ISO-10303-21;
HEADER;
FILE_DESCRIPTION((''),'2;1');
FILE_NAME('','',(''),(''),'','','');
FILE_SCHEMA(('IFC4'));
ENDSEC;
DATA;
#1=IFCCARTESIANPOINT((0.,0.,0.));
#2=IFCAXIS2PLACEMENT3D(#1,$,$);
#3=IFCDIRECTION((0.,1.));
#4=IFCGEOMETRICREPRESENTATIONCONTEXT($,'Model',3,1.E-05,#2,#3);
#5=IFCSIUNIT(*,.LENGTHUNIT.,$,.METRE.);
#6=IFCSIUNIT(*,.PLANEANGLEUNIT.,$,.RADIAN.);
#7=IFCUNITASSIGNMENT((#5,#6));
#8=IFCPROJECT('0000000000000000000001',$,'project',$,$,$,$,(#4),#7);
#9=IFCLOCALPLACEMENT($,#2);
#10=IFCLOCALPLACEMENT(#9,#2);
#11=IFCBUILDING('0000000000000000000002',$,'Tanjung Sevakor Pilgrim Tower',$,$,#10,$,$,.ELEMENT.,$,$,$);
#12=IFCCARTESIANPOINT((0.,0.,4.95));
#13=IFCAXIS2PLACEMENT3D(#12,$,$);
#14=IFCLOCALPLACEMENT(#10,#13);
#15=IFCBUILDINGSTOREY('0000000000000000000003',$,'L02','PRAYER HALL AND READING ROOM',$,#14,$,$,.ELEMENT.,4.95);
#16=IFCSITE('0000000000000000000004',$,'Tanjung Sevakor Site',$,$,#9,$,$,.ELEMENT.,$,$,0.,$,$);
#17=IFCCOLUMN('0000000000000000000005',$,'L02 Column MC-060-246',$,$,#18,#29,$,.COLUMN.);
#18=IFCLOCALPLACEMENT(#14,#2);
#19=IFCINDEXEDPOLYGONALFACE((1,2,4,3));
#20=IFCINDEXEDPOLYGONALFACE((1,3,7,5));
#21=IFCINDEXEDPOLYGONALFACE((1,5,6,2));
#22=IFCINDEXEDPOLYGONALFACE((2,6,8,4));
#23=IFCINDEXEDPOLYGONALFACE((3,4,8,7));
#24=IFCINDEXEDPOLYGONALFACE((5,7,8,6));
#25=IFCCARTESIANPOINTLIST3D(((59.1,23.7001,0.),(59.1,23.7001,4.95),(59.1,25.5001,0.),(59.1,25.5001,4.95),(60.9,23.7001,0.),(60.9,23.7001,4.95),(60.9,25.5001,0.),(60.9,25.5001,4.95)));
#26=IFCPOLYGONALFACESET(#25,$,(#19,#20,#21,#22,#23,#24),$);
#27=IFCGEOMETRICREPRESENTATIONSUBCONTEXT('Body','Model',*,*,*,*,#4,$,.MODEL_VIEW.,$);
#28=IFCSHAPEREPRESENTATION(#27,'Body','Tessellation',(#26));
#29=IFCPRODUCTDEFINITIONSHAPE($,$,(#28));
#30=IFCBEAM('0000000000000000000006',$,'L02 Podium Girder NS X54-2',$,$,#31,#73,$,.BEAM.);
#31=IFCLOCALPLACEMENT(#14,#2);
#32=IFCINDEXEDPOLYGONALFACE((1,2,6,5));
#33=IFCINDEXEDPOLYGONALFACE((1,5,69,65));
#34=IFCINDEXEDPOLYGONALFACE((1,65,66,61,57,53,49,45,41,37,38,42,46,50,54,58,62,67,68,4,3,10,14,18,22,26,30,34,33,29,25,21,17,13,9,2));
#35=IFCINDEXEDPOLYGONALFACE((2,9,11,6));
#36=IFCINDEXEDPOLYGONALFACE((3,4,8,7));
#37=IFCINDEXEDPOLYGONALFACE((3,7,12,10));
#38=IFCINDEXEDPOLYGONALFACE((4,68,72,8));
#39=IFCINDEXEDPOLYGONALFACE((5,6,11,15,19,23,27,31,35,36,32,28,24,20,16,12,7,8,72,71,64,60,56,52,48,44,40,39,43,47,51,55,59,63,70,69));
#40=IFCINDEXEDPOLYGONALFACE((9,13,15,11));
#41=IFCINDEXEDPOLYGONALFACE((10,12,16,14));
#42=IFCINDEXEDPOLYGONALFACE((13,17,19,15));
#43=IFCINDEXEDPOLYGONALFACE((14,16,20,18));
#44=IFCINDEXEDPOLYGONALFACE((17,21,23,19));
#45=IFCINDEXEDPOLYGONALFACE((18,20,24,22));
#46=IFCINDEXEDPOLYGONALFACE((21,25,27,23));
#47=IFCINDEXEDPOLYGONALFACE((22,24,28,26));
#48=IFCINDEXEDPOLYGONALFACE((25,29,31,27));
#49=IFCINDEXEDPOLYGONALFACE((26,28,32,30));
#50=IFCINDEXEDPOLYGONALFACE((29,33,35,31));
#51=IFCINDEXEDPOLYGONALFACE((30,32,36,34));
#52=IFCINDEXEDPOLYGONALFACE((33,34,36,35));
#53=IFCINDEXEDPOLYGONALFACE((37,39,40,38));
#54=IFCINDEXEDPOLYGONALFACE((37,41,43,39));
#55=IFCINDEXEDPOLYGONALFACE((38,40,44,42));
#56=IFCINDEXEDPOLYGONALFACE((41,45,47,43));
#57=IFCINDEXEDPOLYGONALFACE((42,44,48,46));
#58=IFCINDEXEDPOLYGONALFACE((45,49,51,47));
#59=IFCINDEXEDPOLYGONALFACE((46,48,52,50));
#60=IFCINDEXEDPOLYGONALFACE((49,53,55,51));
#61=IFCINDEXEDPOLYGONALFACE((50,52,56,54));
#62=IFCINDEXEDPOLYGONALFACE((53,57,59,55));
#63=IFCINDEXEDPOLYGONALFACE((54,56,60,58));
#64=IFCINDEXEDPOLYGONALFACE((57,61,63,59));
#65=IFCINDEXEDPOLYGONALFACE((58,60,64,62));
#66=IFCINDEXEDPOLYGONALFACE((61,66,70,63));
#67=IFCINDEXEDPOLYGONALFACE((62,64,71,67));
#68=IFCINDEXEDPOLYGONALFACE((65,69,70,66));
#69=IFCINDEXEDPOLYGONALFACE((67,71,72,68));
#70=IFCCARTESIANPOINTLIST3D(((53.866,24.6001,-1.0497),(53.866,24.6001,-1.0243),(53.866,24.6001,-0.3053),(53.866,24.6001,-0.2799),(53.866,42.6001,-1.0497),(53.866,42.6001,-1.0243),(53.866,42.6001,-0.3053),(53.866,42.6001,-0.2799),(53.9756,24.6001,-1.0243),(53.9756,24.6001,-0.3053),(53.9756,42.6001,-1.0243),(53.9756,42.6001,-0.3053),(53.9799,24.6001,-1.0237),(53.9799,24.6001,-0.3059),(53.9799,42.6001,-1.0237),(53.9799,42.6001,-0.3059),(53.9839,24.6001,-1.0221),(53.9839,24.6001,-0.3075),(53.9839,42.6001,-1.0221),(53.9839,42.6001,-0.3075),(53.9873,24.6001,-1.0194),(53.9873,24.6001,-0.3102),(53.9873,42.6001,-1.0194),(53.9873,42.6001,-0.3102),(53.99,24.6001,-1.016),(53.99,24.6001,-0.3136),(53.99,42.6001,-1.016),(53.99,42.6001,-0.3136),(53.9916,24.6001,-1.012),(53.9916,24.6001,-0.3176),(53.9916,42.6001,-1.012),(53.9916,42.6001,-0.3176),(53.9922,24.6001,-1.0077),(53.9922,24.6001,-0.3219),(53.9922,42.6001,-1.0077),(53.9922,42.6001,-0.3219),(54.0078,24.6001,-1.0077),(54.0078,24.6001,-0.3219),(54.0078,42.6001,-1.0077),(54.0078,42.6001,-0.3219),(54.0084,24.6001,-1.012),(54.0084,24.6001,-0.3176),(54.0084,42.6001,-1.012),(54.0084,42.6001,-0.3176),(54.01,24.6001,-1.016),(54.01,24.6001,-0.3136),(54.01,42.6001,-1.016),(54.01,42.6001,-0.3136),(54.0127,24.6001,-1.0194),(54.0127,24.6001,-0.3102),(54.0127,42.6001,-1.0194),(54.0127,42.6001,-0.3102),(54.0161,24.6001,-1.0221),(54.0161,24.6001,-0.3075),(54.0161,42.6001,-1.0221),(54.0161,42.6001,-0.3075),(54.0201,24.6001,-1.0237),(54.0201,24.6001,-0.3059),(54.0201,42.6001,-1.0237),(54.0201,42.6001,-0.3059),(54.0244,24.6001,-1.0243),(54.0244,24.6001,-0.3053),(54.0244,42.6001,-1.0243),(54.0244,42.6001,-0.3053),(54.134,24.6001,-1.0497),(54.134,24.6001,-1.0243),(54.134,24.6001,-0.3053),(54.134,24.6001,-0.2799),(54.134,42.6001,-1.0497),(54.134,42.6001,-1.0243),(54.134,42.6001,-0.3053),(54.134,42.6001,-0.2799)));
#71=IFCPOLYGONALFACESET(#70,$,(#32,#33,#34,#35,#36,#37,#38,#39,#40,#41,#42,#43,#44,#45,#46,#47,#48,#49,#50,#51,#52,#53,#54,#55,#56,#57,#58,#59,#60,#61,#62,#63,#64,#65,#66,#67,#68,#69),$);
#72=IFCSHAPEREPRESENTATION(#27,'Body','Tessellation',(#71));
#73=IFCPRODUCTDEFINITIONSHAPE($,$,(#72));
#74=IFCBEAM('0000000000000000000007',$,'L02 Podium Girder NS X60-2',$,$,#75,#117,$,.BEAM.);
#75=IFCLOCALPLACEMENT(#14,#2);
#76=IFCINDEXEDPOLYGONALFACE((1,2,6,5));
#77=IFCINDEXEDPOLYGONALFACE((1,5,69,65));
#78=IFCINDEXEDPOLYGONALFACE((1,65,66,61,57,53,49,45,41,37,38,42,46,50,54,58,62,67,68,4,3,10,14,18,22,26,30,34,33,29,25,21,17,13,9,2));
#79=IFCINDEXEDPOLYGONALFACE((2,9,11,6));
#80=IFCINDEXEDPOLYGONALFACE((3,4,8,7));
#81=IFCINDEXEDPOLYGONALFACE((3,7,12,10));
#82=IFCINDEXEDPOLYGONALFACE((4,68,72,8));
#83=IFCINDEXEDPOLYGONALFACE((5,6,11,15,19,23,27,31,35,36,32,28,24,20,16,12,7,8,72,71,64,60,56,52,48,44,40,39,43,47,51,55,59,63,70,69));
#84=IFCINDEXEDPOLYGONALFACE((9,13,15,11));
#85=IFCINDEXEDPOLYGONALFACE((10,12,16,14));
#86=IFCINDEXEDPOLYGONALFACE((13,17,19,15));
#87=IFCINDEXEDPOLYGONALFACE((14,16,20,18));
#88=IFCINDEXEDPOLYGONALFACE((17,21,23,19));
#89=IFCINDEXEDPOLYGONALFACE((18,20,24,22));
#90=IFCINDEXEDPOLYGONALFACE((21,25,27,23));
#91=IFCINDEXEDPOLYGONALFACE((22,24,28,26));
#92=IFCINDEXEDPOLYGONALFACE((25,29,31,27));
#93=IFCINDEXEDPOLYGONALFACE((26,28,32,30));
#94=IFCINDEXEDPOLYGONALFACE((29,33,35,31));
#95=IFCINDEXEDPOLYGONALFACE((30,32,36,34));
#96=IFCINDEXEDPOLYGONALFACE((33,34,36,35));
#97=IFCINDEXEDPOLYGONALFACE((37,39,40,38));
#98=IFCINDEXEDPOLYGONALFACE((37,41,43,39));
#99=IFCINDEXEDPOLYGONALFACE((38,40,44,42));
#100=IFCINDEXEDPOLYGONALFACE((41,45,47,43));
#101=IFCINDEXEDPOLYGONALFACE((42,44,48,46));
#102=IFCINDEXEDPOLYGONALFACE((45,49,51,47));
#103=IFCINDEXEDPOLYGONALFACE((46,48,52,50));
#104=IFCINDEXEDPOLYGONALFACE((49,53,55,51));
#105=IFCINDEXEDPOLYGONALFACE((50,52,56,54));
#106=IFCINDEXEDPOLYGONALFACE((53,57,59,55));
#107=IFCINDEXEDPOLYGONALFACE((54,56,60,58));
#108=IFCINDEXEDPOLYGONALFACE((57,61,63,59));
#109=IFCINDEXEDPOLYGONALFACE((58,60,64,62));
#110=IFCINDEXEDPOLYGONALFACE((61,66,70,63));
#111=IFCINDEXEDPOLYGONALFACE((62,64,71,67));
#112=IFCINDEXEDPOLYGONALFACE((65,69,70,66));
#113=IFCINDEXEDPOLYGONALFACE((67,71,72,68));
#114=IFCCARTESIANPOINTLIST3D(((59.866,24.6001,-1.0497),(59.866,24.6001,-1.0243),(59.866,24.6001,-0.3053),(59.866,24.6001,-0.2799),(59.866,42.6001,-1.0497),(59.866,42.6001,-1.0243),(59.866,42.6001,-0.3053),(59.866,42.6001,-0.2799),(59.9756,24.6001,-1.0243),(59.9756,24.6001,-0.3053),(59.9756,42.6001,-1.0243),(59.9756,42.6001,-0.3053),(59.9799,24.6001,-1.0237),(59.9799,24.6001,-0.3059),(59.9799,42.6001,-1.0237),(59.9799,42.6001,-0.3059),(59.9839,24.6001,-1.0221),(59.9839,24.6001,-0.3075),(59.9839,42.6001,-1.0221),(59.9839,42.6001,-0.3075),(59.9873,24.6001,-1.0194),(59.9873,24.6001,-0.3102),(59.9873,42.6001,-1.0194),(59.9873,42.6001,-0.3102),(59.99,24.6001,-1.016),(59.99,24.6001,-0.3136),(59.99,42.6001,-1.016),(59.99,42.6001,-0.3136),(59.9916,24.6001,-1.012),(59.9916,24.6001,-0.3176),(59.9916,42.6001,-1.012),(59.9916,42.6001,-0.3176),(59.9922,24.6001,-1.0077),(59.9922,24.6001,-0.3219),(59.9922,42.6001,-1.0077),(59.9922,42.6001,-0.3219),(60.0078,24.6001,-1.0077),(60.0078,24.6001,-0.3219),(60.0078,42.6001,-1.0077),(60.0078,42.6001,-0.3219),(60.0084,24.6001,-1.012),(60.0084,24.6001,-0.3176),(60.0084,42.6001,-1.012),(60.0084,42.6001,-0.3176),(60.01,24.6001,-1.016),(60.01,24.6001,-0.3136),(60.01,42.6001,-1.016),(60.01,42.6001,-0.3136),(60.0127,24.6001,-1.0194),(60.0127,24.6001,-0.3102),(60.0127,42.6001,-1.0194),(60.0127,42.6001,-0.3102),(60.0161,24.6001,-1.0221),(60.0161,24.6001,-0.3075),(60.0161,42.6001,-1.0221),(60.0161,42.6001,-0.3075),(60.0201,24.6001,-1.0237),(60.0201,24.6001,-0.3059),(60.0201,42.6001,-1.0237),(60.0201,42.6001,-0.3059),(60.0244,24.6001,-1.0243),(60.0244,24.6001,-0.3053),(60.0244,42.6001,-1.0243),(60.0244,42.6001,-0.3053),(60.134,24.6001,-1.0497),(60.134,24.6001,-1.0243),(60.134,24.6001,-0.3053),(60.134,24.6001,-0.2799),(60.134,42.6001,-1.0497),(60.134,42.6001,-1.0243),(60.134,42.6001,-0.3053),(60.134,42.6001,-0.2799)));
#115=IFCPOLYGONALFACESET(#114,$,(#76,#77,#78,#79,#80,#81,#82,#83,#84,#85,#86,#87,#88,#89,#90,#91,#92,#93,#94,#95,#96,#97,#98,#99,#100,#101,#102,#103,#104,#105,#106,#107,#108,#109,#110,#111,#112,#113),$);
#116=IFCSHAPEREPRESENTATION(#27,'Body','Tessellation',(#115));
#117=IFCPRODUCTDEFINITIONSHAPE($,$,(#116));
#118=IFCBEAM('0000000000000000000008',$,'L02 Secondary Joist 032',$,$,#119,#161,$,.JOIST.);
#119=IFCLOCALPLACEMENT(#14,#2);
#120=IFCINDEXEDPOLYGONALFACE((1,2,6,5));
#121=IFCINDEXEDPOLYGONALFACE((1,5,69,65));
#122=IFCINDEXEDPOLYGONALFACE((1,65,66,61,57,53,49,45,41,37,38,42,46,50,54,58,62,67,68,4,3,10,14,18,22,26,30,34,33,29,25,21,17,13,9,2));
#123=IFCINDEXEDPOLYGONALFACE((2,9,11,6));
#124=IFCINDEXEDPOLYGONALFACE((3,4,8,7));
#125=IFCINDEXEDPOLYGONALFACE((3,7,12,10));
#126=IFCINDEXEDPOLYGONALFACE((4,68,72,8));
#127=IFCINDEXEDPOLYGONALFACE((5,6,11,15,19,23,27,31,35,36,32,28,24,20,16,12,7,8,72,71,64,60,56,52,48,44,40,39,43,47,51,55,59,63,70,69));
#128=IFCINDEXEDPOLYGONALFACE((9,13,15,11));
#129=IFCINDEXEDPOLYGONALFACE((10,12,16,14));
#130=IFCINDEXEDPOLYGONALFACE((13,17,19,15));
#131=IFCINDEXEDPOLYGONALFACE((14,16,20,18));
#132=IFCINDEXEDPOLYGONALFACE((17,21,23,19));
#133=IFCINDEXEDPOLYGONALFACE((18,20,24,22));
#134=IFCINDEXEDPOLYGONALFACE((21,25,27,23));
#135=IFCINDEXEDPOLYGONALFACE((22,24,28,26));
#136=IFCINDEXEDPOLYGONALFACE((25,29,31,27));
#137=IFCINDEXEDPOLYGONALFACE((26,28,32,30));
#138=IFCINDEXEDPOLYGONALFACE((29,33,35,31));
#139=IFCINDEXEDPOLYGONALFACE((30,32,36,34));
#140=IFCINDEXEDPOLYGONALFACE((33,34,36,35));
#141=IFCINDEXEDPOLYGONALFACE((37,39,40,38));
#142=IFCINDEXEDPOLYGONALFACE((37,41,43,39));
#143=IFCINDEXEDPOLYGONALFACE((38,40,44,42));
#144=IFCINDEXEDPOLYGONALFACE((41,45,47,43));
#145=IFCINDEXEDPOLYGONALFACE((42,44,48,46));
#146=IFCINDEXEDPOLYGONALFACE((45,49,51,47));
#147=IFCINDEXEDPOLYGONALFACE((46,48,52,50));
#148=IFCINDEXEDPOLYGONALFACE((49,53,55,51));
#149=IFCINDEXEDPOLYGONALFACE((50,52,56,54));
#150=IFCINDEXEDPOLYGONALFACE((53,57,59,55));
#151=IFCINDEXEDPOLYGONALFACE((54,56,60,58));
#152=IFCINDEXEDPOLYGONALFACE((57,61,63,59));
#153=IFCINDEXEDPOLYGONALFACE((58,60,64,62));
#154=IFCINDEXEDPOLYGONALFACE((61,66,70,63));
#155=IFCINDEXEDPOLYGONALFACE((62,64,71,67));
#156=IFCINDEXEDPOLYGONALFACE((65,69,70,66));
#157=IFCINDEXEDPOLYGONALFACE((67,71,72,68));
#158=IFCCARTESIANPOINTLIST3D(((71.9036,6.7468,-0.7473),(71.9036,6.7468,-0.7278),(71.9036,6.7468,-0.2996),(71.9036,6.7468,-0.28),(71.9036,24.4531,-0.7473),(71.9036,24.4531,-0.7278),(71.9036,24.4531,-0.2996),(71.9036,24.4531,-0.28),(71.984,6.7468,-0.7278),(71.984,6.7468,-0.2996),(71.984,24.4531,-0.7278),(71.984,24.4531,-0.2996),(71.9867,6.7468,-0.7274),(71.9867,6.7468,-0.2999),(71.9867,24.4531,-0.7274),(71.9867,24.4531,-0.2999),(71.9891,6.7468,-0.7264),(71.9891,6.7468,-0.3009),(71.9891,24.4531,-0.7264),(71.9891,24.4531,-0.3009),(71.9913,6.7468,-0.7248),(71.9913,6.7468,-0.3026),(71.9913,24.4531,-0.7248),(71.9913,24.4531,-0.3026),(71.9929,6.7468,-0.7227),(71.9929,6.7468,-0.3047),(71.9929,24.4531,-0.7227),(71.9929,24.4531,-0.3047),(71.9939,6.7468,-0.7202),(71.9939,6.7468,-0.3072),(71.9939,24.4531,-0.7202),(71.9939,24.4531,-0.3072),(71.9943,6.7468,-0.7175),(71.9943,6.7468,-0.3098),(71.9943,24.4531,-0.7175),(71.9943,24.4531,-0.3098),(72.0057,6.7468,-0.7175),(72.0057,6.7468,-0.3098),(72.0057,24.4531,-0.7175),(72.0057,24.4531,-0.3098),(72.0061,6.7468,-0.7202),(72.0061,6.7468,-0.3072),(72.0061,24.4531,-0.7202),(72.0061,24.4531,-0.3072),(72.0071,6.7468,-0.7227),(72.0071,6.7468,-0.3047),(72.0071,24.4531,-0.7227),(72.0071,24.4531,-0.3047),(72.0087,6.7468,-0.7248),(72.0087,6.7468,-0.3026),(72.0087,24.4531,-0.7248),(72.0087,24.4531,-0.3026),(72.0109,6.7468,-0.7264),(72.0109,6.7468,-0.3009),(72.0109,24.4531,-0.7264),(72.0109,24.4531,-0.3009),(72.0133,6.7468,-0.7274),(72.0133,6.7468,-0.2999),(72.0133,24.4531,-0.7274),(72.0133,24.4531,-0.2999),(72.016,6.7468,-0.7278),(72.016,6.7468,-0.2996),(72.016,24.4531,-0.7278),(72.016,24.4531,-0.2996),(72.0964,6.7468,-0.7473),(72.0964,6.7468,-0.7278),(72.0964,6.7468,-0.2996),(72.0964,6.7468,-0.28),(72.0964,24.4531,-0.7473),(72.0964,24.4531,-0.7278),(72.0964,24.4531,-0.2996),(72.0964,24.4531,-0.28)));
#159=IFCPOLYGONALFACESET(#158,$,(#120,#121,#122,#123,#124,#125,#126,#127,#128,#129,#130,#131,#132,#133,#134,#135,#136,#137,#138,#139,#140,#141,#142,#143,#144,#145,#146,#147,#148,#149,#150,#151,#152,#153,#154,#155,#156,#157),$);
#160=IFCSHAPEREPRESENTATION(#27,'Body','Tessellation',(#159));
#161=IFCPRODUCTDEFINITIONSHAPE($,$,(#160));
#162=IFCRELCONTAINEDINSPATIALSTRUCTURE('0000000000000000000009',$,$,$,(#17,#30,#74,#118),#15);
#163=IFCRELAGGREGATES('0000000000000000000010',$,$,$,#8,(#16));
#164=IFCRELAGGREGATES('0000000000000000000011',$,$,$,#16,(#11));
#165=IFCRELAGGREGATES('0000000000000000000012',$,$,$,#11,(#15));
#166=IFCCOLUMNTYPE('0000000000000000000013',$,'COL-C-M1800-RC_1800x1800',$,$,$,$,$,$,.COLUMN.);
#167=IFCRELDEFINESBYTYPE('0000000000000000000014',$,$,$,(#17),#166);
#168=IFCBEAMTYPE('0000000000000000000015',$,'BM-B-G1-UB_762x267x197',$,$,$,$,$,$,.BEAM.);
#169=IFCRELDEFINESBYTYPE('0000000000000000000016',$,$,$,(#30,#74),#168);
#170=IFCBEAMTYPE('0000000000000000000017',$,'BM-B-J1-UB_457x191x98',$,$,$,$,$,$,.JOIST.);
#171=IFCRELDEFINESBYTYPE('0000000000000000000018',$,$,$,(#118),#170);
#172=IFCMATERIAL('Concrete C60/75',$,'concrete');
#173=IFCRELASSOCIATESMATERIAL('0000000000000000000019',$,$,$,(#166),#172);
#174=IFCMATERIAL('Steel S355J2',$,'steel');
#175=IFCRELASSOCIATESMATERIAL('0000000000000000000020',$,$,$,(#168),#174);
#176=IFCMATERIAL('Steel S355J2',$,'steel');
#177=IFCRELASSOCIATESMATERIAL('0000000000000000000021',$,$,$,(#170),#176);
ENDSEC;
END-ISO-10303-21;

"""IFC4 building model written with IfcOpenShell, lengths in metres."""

from ifc_helpers import new_model, si_unit, direction, frame, origin, origin_2d, place, context, subcontext, project, spatial, rectangle, i_section, extrude, material, material_profile, profile_set, type_object, element, save


model = new_model("IFC4")

# Units and contexts
model_context = context("Model", 3, precision=1e-05, world=origin(), true_north=direction((0.0, 1.0)))
body_context = subcontext(model_context, "Body", "Model", "MODEL_VIEW")
ifc_project = project(units=[si_unit("LENGTHUNIT", "METRE"), si_unit("PLANEANGLEUNIT", "RADIAN")], contexts=[model_context])

# Site, building, storey
site_placement = place(None, origin())
site = spatial("IfcSite", under=ifc_project, at=site_placement, Name="Tanjung Sevakor Site", CompositionType="ELEMENT", RefElevation=0.0)
building_placement = place(site_placement, origin())
building = spatial("IfcBuilding", under=site, at=building_placement, Name="Tanjung Sevakor Pilgrim Tower", CompositionType="ELEMENT")
storey_placement = place(building_placement, frame((0.0, 0.0, 4.95)))
storey = spatial("IfcBuildingStorey", under=building, at=storey_placement, Name="L02", Description="PRAYER HALL AND READING ROOM", CompositionType="ELEMENT", Elevation=4.95)

# Column
ifc_material_1 = material(Name="Concrete C60/75", Category="concrete")
ifc_material_profile_1 = material_profile(ifc_material_1, rectangle(XDim=1.8, YDim=1.8, at=origin_2d()))
ifc_profile_set_1 = profile_set([ifc_material_profile_1], Name="Concrete C60/75")
column_type = type_object("IfcColumnType", Name="COL-C-M1800-RC_1800x1800", PredefinedType="COLUMN", material=ifc_profile_set_1)
column_placement = place(storey_placement, frame((60.0, 24.6001, 0.0), z_axis=(0.0, 0.0, 1.0), x_axis=(1.0, 0.0, 0.0)))
element("IfcColumn", 1, at=column_placement, inside=storey, type_object=column_type, Name="L02 Column MC-060-246", PredefinedType="COLUMN", context=body_context, shape_type="SweptSolid", body=[
    extrude(rectangle(XDim=1.8, YDim=1.8, at=origin_2d()), origin(), (0.0, 0.0, 1.0), 4.95),
])

# Beams
ifc_material_2 = material(Name="Steel S355J2", Category="steel")
ifc_material_profile_2 = material_profile(ifc_material_2, i_section(OverallWidth=0.2681, OverallDepth=0.7698, WebThickness=0.0156, FlangeThickness=0.0254, FilletRadius=0.0166, at=origin_2d()))
ifc_profile_set_2 = profile_set([ifc_material_profile_2], Name="Steel S355J2")
beam_type_1 = type_object("IfcBeamType", Name="BM-B-G1-UB_762x267x197", PredefinedType="BEAM", material=ifc_profile_set_2)
for number, where, z_axis, x_axis, name in (
    (2, (54.0, 24.6001, -0.6648), (0.0, 1.0, 0.0), (-1.0, 0.0, 0.0), "L02 Podium Girder NS X54-2"),
    (3, (60.0, 24.6001, -0.6648), (0.0, 1.0, 0.0), (-1.0, 0.0, 0.0), "L02 Podium Girder NS X60-2"),
):
    element("IfcBeam", number, at=place(storey_placement, frame(where, z_axis=z_axis, x_axis=x_axis)), inside=storey, type_object=beam_type_1, Name=name, PredefinedType="BEAM", context=body_context, shape_type="SweptSolid", body=[
        extrude(i_section(OverallWidth=0.2681, OverallDepth=0.7698, WebThickness=0.0156, FlangeThickness=0.0254, FilletRadius=0.0166, at=origin_2d()), origin(), (0.0, 0.0, 1.0), 18.0),
    ])
ifc_material_3 = material(Name="Steel S355J2", Category="steel")
ifc_material_profile_3 = material_profile(ifc_material_3, i_section(OverallWidth=0.1929, OverallDepth=0.4673, WebThickness=0.0115, FlangeThickness=0.0195, FilletRadius=0.0103, at=origin_2d()))
ifc_profile_set_3 = profile_set([ifc_material_profile_3], Name="Steel S355J2")
beam_type_2 = type_object("IfcBeamType", Name="BM-B-J1-UB_457x191x98", PredefinedType="JOIST", material=ifc_profile_set_3)
for number, where, z_axis, x_axis, name in (
    (4, (72.0, 6.7468, -0.5137), (0.0, 1.0, 0.0), (-1.0, 0.0, 0.0), "L02 Secondary Joist 032"),
):
    element("IfcBeam", number, at=place(storey_placement, frame(where, z_axis=z_axis, x_axis=x_axis)), inside=storey, type_object=beam_type_2, Name=name, PredefinedType="JOIST", context=body_context, shape_type="SweptSolid", body=[
        extrude(i_section(OverallWidth=0.1929, OverallDepth=0.4673, WebThickness=0.0115, FlangeThickness=0.0195, FilletRadius=0.0103, at=origin_2d()), origin(), (0.0, 0.0, 1.0), 17.7063),
    ])

save(model, "model.ifc")
